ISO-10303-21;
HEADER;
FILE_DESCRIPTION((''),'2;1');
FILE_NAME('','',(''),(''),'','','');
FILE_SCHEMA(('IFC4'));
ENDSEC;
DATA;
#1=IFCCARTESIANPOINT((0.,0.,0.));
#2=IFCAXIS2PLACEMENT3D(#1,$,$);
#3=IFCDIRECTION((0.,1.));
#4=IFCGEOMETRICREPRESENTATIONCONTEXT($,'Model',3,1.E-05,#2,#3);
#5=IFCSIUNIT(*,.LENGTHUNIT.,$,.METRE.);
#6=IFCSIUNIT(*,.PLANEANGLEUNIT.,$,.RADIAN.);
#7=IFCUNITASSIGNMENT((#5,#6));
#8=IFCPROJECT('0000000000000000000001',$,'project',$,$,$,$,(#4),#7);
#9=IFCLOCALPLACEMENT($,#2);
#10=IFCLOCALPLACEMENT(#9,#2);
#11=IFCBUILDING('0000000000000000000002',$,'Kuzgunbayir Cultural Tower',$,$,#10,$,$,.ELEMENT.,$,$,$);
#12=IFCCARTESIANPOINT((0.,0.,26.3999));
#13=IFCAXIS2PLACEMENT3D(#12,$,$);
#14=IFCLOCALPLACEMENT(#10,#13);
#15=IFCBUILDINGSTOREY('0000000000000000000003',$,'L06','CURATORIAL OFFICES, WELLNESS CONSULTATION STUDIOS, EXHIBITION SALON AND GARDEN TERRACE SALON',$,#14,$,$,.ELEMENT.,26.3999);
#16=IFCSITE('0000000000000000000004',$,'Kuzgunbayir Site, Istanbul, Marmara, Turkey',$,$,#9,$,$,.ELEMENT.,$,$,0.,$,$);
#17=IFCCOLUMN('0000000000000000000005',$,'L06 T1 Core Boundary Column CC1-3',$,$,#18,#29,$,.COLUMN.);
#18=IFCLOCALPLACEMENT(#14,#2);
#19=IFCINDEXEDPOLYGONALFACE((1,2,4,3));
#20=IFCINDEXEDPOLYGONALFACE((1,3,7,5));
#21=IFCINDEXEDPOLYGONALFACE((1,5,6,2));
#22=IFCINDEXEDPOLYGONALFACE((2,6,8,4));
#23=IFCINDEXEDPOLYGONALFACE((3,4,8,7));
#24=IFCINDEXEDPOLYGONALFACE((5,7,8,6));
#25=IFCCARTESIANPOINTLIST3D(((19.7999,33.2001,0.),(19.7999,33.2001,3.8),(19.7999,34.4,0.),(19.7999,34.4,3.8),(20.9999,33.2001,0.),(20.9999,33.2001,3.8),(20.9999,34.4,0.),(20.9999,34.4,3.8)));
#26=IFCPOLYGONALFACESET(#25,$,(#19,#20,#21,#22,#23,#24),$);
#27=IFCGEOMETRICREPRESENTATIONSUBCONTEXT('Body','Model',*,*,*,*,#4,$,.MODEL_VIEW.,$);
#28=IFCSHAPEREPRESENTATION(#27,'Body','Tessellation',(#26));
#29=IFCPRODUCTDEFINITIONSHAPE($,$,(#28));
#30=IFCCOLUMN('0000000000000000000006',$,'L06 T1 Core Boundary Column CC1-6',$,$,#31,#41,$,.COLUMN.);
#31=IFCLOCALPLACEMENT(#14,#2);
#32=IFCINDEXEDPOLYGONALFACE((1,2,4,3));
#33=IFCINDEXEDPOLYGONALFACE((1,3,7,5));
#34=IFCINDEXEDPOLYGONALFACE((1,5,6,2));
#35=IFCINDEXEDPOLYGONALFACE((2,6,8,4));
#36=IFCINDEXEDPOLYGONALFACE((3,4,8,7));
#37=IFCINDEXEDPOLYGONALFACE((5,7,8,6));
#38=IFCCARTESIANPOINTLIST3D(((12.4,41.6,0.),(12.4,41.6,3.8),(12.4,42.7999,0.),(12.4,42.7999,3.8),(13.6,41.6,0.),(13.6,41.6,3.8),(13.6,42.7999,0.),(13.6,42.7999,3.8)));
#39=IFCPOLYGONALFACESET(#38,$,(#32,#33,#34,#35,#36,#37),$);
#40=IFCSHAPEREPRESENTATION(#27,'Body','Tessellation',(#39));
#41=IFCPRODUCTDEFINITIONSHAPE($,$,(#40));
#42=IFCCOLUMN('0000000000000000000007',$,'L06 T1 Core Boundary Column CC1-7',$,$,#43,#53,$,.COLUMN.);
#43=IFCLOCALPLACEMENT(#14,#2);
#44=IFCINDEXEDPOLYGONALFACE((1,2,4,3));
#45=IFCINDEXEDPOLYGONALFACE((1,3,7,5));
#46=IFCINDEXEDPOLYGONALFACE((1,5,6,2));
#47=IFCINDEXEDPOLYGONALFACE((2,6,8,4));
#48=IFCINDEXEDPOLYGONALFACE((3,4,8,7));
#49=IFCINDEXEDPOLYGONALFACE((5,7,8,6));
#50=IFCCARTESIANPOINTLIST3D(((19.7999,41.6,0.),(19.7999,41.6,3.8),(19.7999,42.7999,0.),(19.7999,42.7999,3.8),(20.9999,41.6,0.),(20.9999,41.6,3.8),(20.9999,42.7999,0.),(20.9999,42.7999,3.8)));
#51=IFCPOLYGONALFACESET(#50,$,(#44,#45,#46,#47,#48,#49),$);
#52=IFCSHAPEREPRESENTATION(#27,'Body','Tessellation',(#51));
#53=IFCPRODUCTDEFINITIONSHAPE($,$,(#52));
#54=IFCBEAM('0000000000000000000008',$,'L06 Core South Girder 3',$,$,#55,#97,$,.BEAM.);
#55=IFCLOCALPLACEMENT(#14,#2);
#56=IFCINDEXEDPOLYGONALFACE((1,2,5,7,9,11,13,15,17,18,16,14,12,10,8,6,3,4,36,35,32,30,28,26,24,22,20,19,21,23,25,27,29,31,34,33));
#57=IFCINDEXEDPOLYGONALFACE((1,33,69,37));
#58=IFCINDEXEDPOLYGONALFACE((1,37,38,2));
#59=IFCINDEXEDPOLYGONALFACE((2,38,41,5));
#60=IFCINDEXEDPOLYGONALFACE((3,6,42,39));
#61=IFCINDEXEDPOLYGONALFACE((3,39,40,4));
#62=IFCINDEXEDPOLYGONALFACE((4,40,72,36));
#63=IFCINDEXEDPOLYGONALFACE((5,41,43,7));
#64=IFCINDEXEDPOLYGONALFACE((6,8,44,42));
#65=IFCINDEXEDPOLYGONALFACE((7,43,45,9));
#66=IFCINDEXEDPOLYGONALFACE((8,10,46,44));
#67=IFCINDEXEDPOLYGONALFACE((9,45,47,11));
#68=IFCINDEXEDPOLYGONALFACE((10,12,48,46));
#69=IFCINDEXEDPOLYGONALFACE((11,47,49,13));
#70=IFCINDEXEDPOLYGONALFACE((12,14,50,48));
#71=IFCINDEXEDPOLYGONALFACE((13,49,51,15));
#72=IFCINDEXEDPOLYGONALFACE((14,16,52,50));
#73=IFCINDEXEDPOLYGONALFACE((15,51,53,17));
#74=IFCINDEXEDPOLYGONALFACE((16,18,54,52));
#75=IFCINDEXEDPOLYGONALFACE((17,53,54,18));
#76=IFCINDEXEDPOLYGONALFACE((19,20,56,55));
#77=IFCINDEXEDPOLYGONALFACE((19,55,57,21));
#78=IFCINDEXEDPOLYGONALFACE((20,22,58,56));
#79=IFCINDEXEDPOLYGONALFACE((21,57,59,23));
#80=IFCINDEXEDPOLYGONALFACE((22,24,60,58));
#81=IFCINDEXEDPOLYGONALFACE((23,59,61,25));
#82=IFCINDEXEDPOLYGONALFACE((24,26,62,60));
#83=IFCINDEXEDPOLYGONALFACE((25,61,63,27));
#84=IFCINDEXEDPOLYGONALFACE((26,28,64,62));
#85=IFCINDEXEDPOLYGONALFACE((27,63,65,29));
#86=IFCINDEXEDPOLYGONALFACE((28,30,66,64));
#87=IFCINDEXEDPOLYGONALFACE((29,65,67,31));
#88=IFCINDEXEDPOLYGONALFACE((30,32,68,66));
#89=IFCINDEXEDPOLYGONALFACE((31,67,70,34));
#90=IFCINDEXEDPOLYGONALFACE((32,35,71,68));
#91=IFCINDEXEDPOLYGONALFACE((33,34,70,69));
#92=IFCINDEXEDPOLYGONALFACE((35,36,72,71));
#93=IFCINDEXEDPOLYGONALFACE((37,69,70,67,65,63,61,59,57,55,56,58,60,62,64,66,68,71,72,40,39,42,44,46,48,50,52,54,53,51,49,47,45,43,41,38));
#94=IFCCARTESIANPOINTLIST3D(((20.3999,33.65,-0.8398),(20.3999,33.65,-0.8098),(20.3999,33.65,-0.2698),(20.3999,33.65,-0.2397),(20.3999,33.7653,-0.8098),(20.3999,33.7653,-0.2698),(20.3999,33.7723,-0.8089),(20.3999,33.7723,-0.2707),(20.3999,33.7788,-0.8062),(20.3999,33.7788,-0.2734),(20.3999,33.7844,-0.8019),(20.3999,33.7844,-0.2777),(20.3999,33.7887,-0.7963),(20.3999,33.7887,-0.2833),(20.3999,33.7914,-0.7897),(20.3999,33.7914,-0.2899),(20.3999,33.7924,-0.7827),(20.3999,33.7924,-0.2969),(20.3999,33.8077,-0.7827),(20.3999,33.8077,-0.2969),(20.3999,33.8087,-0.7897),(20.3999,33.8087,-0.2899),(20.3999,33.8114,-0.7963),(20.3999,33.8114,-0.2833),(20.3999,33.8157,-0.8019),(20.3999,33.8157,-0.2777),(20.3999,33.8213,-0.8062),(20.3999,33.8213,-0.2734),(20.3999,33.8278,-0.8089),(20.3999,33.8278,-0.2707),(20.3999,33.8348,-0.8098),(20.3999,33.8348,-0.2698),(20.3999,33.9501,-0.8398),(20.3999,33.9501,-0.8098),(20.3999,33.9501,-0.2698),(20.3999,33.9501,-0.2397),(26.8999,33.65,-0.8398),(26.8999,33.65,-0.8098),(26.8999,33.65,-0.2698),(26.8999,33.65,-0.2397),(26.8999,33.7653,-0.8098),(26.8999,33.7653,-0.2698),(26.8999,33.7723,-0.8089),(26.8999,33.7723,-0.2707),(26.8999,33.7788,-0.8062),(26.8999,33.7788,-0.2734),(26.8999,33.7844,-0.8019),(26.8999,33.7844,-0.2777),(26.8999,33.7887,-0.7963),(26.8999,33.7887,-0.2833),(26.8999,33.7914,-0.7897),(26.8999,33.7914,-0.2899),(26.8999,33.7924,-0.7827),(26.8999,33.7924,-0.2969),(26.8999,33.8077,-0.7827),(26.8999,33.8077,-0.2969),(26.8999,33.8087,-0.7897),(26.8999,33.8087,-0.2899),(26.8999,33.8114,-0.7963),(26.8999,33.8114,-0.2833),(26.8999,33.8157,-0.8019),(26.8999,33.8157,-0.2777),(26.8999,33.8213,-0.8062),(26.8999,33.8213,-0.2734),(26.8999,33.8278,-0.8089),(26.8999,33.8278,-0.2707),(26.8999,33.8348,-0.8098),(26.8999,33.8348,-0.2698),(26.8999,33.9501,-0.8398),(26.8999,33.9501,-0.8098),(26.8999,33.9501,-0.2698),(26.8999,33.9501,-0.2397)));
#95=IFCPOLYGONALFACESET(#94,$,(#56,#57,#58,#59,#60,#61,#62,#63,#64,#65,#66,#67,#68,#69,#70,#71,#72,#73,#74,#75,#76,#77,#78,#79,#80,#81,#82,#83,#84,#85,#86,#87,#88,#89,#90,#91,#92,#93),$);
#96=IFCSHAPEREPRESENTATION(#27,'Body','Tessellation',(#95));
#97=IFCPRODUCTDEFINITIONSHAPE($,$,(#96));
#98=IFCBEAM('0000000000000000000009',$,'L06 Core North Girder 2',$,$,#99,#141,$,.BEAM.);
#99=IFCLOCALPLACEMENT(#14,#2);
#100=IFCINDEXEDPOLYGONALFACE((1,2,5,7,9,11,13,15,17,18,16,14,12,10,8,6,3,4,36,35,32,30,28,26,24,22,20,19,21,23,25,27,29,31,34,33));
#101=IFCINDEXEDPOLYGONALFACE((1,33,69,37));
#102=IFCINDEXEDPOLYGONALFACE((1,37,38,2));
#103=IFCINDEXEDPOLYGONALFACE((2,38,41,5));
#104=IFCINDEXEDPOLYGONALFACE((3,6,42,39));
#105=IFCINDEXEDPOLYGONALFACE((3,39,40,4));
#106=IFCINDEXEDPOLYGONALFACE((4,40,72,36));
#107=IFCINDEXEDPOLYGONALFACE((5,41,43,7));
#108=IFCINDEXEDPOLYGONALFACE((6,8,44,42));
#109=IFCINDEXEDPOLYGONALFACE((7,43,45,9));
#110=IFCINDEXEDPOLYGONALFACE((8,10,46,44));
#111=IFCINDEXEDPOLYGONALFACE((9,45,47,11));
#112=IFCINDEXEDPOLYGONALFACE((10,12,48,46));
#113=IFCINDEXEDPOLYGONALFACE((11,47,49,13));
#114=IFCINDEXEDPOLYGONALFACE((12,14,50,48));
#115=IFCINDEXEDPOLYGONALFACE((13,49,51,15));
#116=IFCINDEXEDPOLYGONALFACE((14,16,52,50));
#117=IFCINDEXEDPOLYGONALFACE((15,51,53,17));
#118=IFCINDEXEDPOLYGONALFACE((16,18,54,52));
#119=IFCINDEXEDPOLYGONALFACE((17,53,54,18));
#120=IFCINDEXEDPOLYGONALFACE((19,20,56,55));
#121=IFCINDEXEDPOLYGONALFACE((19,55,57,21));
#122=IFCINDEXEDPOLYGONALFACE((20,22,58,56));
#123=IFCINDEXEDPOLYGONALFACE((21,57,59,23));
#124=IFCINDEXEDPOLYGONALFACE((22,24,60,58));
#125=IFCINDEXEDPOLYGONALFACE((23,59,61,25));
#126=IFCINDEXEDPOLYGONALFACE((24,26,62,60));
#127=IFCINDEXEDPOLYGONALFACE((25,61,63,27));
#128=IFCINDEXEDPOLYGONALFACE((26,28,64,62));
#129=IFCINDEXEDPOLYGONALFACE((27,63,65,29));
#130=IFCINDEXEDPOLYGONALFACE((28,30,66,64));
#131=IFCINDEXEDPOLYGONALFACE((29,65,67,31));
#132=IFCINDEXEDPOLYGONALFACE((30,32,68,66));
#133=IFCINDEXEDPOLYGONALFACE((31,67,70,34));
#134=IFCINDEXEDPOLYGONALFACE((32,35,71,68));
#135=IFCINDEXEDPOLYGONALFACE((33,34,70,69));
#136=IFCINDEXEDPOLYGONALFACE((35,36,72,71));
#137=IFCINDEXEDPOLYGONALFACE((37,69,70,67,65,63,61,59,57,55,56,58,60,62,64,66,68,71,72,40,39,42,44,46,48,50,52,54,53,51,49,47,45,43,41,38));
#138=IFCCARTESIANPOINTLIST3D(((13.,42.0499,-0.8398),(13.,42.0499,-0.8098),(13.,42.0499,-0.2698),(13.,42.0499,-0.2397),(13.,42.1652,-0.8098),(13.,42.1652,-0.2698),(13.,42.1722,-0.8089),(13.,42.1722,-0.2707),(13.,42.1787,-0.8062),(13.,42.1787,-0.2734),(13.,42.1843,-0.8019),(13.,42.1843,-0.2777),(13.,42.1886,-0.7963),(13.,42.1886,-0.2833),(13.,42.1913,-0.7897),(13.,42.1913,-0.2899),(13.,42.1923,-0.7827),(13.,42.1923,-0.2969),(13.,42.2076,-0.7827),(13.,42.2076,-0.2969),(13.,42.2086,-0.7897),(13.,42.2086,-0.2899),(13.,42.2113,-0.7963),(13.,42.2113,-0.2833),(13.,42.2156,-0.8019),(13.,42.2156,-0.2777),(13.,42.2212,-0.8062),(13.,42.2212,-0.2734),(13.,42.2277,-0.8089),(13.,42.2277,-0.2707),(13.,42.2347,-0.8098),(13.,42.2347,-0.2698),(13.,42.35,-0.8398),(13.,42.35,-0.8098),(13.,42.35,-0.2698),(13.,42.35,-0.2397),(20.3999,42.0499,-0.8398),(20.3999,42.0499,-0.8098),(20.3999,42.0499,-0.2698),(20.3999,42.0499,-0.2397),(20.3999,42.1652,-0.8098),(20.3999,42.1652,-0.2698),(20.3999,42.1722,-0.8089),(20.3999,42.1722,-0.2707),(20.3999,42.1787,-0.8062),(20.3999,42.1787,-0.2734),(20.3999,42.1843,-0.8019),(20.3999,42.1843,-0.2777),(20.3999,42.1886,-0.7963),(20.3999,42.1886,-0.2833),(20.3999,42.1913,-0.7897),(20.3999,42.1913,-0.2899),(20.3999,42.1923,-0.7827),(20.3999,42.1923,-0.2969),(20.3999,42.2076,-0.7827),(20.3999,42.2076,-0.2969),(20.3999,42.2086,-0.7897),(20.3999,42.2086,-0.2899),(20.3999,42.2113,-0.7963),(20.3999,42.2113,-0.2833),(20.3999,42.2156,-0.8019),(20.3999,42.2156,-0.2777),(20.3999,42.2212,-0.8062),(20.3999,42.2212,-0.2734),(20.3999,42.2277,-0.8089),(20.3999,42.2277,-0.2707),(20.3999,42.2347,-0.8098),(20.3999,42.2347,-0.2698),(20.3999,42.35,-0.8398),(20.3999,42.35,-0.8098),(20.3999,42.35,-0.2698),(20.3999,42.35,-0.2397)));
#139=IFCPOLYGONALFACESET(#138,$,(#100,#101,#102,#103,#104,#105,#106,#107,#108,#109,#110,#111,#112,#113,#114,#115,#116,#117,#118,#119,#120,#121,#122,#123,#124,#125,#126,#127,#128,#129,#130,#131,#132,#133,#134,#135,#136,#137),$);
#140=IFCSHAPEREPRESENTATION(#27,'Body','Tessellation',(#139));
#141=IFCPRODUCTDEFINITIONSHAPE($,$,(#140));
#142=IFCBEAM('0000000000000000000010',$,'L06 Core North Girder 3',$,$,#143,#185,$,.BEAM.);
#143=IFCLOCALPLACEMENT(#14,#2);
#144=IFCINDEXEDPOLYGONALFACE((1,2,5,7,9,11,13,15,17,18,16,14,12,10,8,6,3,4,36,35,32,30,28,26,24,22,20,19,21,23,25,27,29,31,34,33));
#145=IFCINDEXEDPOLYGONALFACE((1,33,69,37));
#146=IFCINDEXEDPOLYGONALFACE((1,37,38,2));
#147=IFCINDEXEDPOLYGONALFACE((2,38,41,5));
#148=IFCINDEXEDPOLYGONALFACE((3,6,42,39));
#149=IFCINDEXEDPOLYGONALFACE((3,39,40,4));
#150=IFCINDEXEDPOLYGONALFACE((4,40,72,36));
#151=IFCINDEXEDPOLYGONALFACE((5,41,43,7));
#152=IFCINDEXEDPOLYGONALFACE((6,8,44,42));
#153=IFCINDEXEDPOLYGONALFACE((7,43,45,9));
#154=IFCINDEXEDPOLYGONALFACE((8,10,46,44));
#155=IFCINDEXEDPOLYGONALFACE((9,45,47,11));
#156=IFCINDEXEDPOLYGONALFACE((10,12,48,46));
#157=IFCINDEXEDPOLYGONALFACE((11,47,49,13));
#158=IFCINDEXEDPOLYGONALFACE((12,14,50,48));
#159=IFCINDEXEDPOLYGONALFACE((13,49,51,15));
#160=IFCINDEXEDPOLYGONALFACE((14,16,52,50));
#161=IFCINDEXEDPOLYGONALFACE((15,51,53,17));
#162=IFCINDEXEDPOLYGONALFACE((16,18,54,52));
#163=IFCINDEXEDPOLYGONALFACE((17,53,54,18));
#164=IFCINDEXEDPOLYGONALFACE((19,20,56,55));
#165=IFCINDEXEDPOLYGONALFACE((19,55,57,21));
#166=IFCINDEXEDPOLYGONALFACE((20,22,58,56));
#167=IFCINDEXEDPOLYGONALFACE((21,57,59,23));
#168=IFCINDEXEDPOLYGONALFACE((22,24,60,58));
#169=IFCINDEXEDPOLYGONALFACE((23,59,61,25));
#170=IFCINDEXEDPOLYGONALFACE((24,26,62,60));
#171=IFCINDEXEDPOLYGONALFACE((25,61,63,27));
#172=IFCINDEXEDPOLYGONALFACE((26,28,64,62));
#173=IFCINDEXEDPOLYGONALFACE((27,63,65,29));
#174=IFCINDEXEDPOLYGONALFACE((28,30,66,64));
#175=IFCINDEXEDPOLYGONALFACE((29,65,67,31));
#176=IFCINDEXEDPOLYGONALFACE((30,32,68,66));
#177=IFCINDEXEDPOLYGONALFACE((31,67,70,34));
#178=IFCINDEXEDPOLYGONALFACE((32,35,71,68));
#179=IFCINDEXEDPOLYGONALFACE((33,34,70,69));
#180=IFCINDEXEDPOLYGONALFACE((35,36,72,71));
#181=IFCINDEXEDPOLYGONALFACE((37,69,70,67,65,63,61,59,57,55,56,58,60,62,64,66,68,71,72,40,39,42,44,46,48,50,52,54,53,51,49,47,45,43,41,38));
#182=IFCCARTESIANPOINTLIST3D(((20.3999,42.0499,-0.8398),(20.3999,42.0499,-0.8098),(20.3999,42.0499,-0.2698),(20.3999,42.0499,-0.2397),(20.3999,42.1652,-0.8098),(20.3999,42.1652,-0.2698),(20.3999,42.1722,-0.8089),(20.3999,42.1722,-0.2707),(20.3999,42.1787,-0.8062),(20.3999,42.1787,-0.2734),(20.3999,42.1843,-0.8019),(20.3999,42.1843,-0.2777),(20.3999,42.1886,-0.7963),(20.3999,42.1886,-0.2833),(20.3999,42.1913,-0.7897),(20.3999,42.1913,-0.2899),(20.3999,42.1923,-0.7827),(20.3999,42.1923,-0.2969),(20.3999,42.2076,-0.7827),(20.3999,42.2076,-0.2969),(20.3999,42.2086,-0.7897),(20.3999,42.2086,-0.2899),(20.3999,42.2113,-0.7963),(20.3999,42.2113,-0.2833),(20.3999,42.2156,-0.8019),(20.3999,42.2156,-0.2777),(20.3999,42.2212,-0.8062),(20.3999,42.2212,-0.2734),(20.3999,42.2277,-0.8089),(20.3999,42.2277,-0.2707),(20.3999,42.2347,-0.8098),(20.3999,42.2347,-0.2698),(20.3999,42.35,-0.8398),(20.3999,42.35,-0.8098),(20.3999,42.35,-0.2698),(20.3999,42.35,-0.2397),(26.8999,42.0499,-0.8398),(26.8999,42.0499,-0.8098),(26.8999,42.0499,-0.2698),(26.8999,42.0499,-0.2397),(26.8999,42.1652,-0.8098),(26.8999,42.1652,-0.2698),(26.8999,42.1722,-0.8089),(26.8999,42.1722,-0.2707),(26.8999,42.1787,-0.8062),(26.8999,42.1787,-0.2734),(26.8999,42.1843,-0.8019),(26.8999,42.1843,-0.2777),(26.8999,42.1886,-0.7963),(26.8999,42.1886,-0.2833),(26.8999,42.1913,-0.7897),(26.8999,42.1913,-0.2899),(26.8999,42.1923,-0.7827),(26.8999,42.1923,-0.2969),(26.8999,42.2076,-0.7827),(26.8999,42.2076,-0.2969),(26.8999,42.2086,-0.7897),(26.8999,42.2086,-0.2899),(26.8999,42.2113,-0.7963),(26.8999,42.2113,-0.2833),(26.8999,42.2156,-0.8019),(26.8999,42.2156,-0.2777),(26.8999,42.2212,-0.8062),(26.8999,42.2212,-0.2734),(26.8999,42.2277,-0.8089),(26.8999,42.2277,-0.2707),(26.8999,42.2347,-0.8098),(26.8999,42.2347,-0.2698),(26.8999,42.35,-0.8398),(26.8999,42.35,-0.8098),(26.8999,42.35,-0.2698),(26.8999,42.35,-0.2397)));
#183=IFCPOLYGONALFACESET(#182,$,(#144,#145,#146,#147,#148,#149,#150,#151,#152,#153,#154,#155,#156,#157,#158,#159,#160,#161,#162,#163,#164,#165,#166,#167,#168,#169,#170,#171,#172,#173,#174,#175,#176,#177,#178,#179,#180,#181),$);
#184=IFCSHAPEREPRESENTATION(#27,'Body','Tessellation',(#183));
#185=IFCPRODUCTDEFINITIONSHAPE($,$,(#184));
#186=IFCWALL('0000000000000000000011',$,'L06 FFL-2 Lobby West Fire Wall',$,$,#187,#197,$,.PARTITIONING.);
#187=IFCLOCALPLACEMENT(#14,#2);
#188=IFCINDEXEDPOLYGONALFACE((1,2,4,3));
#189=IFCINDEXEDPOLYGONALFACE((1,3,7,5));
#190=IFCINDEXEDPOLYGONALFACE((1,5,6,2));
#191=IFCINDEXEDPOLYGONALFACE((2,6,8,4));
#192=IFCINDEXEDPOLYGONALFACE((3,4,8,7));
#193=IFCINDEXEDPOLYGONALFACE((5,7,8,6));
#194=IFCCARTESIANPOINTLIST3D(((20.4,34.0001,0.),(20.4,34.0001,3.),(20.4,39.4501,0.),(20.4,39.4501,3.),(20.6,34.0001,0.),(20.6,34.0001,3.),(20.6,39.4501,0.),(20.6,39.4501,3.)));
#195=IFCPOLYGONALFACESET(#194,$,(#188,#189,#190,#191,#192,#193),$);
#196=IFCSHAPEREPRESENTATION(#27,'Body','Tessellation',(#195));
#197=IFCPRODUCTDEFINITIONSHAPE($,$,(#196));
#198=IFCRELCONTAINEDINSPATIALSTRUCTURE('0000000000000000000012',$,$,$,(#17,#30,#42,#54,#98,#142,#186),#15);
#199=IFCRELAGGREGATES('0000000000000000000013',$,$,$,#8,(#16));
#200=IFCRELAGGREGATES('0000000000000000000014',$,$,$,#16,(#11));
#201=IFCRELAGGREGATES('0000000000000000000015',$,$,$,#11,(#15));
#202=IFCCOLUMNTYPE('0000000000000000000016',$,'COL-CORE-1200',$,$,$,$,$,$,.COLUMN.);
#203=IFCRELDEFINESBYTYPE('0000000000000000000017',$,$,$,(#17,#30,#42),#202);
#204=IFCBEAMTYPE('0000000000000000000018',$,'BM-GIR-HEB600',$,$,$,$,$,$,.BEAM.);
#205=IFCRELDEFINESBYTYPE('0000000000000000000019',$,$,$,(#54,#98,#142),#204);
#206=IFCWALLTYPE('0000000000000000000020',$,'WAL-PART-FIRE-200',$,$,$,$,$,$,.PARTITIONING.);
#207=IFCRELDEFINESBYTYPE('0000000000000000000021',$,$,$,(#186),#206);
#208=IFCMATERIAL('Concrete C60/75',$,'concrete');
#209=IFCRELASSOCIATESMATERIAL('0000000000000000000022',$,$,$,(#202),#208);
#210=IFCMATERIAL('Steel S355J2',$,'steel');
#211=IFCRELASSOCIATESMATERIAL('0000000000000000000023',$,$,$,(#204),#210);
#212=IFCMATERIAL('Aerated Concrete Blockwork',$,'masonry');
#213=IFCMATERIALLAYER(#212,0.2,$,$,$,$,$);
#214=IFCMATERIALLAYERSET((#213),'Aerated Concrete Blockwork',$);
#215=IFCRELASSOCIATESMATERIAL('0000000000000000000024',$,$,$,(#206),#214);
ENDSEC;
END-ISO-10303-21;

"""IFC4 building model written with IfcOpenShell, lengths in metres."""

from ifc_helpers import new_model, si_unit, direction, frame, frame_2d, origin, origin_2d, place, context, subcontext, project, spatial, rectangle, i_section, extrude, material, layer, layer_set, material_profile, profile_set, type_object, element, save


model = new_model("IFC4")

# Units and contexts
model_context = context("Model", 3, precision=1e-05, world=origin(), true_north=direction((0.0, 1.0)))
body_context = subcontext(model_context, "Body", "Model", "MODEL_VIEW")
ifc_project = project(units=[si_unit("LENGTHUNIT", "METRE"), si_unit("PLANEANGLEUNIT", "RADIAN")], contexts=[model_context])

# Site, building, storey
site_placement = place(None, origin())
site = spatial("IfcSite", under=ifc_project, at=site_placement, Name="Kuzgunbayir Site, Istanbul, Marmara, Turkey", CompositionType="ELEMENT", RefElevation=0.0)
building_placement = place(site_placement, origin())
building = spatial("IfcBuilding", under=site, at=building_placement, Name="Kuzgunbayir Cultural Tower", CompositionType="ELEMENT")
storey_placement = place(building_placement, frame((0.0, 0.0, 26.3999)))
storey = spatial("IfcBuildingStorey", under=building, at=storey_placement, Name="L06", Description="CURATORIAL OFFICES, WELLNESS CONSULTATION STUDIOS, EXHIBITION SALON AND GARDEN TERRACE SALON", CompositionType="ELEMENT", Elevation=26.3999)

# Columns
ifc_material_1 = material(Name="Concrete C60/75", Category="concrete")
ifc_material_profile_1 = material_profile(ifc_material_1, rectangle(XDim=1.2, YDim=1.2, at=origin_2d()), Name="RC 1200x1200")
ifc_profile_set_1 = profile_set([ifc_material_profile_1], Name="Concrete C60/75")
column_type = type_object("IfcColumnType", Name="COL-CORE-1200", PredefinedType="COLUMN", material=ifc_profile_set_1)
for number, where, z_axis, x_axis, name in (
    (1, (20.3999, 33.8, 0.0), (0.0, 0.0, 1.0), (1.0, 0.0, 0.0), "L06 T1 Core Boundary Column CC1-3"),
    (2, (13.0, 42.2, 0.0), (0.0, 0.0, 1.0), (1.0, 0.0, 0.0), "L06 T1 Core Boundary Column CC1-6"),
    (3, (20.3999, 42.2, 0.0), (0.0, 0.0, 1.0), (1.0, 0.0, 0.0), "L06 T1 Core Boundary Column CC1-7"),
):
    element("IfcColumn", number, at=place(storey_placement, frame(where, z_axis=z_axis, x_axis=x_axis)), inside=storey, type_object=column_type, Name=name, PredefinedType="COLUMN", context=body_context, shape_type="SweptSolid", body=[
        extrude(rectangle(XDim=1.2, YDim=1.2, at=origin_2d()), origin(), (0.0, 0.0, 1.0), 3.8),
    ])

# Beams
ifc_material_2 = material(Name="Steel S355J2", Category="steel")
ifc_material_profile_2 = material_profile(ifc_material_2, i_section(OverallWidth=0.3, OverallDepth=0.6001, WebThickness=0.0154, FlangeThickness=0.03, FilletRadius=0.0271, at=origin_2d()), Name="HEB 600")
ifc_profile_set_2 = profile_set([ifc_material_profile_2], Name="Steel S355J2")
beam_type = type_object("IfcBeamType", Name="BM-GIR-HEB600", PredefinedType="BEAM", material=ifc_profile_set_2)
beam_1_placement = place(storey_placement, frame((20.3999, 33.8, -0.5398), z_axis=(1.0, 0.0, 0.0), x_axis=(0.0, 1.0, 0.0)))
element("IfcBeam", 4, at=beam_1_placement, inside=storey, type_object=beam_type, Name="L06 Core South Girder 3", PredefinedType="BEAM", context=body_context, shape_type="SweptSolid", body=[
    extrude(i_section(OverallWidth=0.3, OverallDepth=0.6001, WebThickness=0.0154, FlangeThickness=0.03, FilletRadius=0.0271, at=origin_2d()), origin(), (0.0, 0.0, 1.0), 6.5),
])
beam_2_placement = place(storey_placement, frame((13.0, 42.2, -0.5398), z_axis=(1.0, 0.0, 0.0), x_axis=(0.0, 1.0, 0.0)))
element("IfcBeam", 5, at=beam_2_placement, inside=storey, type_object=beam_type, Name="L06 Core North Girder 2", PredefinedType="BEAM", context=body_context, shape_type="SweptSolid", body=[
    extrude(i_section(OverallWidth=0.3, OverallDepth=0.6001, WebThickness=0.0154, FlangeThickness=0.03, FilletRadius=0.0271, at=origin_2d()), origin(), (0.0, 0.0, 1.0), 7.3999),
])
beam_3_placement = place(storey_placement, frame((20.3999, 42.2, -0.5398), z_axis=(1.0, 0.0, 0.0), x_axis=(0.0, 1.0, 0.0)))
element("IfcBeam", 6, at=beam_3_placement, inside=storey, type_object=beam_type, Name="L06 Core North Girder 3", PredefinedType="BEAM", context=body_context, shape_type="SweptSolid", body=[
    extrude(i_section(OverallWidth=0.3, OverallDepth=0.6001, WebThickness=0.0154, FlangeThickness=0.03, FilletRadius=0.0271, at=origin_2d()), origin(), (0.0, 0.0, 1.0), 6.5),
])

# Wall
ifc_material_3 = material(Name="Aerated Concrete Blockwork", Category="masonry")
ifc_layer_1 = layer(ifc_material_3, 0.2)
ifc_layer_set_1 = layer_set([ifc_layer_1], Name="Aerated Concrete Blockwork")
wall_type_1 = type_object("IfcWallType", Name="WAL-PART-FIRE-200", PredefinedType="PARTITIONING", material=ifc_layer_set_1)
wall_1_placement = place(storey_placement, frame((20.5, 34.0, 0.0), z_axis=(0.0, 0.0, 1.0), x_axis=(0.0, 1.0, 0.0)))
element("IfcWall", 7, at=wall_1_placement, inside=storey, type_object=wall_type_1, Name="L06 FFL-2 Lobby West Fire Wall", PredefinedType="PARTITIONING", context=body_context, shape_type="SweptSolid", body=[
    extrude(rectangle(XDim=5.45, YDim=0.2, at=frame_2d((2.7251, 0.0))), origin(), (0.0, 0.0, 1.0), 3.0),
])

save(model, "model.ifc")
